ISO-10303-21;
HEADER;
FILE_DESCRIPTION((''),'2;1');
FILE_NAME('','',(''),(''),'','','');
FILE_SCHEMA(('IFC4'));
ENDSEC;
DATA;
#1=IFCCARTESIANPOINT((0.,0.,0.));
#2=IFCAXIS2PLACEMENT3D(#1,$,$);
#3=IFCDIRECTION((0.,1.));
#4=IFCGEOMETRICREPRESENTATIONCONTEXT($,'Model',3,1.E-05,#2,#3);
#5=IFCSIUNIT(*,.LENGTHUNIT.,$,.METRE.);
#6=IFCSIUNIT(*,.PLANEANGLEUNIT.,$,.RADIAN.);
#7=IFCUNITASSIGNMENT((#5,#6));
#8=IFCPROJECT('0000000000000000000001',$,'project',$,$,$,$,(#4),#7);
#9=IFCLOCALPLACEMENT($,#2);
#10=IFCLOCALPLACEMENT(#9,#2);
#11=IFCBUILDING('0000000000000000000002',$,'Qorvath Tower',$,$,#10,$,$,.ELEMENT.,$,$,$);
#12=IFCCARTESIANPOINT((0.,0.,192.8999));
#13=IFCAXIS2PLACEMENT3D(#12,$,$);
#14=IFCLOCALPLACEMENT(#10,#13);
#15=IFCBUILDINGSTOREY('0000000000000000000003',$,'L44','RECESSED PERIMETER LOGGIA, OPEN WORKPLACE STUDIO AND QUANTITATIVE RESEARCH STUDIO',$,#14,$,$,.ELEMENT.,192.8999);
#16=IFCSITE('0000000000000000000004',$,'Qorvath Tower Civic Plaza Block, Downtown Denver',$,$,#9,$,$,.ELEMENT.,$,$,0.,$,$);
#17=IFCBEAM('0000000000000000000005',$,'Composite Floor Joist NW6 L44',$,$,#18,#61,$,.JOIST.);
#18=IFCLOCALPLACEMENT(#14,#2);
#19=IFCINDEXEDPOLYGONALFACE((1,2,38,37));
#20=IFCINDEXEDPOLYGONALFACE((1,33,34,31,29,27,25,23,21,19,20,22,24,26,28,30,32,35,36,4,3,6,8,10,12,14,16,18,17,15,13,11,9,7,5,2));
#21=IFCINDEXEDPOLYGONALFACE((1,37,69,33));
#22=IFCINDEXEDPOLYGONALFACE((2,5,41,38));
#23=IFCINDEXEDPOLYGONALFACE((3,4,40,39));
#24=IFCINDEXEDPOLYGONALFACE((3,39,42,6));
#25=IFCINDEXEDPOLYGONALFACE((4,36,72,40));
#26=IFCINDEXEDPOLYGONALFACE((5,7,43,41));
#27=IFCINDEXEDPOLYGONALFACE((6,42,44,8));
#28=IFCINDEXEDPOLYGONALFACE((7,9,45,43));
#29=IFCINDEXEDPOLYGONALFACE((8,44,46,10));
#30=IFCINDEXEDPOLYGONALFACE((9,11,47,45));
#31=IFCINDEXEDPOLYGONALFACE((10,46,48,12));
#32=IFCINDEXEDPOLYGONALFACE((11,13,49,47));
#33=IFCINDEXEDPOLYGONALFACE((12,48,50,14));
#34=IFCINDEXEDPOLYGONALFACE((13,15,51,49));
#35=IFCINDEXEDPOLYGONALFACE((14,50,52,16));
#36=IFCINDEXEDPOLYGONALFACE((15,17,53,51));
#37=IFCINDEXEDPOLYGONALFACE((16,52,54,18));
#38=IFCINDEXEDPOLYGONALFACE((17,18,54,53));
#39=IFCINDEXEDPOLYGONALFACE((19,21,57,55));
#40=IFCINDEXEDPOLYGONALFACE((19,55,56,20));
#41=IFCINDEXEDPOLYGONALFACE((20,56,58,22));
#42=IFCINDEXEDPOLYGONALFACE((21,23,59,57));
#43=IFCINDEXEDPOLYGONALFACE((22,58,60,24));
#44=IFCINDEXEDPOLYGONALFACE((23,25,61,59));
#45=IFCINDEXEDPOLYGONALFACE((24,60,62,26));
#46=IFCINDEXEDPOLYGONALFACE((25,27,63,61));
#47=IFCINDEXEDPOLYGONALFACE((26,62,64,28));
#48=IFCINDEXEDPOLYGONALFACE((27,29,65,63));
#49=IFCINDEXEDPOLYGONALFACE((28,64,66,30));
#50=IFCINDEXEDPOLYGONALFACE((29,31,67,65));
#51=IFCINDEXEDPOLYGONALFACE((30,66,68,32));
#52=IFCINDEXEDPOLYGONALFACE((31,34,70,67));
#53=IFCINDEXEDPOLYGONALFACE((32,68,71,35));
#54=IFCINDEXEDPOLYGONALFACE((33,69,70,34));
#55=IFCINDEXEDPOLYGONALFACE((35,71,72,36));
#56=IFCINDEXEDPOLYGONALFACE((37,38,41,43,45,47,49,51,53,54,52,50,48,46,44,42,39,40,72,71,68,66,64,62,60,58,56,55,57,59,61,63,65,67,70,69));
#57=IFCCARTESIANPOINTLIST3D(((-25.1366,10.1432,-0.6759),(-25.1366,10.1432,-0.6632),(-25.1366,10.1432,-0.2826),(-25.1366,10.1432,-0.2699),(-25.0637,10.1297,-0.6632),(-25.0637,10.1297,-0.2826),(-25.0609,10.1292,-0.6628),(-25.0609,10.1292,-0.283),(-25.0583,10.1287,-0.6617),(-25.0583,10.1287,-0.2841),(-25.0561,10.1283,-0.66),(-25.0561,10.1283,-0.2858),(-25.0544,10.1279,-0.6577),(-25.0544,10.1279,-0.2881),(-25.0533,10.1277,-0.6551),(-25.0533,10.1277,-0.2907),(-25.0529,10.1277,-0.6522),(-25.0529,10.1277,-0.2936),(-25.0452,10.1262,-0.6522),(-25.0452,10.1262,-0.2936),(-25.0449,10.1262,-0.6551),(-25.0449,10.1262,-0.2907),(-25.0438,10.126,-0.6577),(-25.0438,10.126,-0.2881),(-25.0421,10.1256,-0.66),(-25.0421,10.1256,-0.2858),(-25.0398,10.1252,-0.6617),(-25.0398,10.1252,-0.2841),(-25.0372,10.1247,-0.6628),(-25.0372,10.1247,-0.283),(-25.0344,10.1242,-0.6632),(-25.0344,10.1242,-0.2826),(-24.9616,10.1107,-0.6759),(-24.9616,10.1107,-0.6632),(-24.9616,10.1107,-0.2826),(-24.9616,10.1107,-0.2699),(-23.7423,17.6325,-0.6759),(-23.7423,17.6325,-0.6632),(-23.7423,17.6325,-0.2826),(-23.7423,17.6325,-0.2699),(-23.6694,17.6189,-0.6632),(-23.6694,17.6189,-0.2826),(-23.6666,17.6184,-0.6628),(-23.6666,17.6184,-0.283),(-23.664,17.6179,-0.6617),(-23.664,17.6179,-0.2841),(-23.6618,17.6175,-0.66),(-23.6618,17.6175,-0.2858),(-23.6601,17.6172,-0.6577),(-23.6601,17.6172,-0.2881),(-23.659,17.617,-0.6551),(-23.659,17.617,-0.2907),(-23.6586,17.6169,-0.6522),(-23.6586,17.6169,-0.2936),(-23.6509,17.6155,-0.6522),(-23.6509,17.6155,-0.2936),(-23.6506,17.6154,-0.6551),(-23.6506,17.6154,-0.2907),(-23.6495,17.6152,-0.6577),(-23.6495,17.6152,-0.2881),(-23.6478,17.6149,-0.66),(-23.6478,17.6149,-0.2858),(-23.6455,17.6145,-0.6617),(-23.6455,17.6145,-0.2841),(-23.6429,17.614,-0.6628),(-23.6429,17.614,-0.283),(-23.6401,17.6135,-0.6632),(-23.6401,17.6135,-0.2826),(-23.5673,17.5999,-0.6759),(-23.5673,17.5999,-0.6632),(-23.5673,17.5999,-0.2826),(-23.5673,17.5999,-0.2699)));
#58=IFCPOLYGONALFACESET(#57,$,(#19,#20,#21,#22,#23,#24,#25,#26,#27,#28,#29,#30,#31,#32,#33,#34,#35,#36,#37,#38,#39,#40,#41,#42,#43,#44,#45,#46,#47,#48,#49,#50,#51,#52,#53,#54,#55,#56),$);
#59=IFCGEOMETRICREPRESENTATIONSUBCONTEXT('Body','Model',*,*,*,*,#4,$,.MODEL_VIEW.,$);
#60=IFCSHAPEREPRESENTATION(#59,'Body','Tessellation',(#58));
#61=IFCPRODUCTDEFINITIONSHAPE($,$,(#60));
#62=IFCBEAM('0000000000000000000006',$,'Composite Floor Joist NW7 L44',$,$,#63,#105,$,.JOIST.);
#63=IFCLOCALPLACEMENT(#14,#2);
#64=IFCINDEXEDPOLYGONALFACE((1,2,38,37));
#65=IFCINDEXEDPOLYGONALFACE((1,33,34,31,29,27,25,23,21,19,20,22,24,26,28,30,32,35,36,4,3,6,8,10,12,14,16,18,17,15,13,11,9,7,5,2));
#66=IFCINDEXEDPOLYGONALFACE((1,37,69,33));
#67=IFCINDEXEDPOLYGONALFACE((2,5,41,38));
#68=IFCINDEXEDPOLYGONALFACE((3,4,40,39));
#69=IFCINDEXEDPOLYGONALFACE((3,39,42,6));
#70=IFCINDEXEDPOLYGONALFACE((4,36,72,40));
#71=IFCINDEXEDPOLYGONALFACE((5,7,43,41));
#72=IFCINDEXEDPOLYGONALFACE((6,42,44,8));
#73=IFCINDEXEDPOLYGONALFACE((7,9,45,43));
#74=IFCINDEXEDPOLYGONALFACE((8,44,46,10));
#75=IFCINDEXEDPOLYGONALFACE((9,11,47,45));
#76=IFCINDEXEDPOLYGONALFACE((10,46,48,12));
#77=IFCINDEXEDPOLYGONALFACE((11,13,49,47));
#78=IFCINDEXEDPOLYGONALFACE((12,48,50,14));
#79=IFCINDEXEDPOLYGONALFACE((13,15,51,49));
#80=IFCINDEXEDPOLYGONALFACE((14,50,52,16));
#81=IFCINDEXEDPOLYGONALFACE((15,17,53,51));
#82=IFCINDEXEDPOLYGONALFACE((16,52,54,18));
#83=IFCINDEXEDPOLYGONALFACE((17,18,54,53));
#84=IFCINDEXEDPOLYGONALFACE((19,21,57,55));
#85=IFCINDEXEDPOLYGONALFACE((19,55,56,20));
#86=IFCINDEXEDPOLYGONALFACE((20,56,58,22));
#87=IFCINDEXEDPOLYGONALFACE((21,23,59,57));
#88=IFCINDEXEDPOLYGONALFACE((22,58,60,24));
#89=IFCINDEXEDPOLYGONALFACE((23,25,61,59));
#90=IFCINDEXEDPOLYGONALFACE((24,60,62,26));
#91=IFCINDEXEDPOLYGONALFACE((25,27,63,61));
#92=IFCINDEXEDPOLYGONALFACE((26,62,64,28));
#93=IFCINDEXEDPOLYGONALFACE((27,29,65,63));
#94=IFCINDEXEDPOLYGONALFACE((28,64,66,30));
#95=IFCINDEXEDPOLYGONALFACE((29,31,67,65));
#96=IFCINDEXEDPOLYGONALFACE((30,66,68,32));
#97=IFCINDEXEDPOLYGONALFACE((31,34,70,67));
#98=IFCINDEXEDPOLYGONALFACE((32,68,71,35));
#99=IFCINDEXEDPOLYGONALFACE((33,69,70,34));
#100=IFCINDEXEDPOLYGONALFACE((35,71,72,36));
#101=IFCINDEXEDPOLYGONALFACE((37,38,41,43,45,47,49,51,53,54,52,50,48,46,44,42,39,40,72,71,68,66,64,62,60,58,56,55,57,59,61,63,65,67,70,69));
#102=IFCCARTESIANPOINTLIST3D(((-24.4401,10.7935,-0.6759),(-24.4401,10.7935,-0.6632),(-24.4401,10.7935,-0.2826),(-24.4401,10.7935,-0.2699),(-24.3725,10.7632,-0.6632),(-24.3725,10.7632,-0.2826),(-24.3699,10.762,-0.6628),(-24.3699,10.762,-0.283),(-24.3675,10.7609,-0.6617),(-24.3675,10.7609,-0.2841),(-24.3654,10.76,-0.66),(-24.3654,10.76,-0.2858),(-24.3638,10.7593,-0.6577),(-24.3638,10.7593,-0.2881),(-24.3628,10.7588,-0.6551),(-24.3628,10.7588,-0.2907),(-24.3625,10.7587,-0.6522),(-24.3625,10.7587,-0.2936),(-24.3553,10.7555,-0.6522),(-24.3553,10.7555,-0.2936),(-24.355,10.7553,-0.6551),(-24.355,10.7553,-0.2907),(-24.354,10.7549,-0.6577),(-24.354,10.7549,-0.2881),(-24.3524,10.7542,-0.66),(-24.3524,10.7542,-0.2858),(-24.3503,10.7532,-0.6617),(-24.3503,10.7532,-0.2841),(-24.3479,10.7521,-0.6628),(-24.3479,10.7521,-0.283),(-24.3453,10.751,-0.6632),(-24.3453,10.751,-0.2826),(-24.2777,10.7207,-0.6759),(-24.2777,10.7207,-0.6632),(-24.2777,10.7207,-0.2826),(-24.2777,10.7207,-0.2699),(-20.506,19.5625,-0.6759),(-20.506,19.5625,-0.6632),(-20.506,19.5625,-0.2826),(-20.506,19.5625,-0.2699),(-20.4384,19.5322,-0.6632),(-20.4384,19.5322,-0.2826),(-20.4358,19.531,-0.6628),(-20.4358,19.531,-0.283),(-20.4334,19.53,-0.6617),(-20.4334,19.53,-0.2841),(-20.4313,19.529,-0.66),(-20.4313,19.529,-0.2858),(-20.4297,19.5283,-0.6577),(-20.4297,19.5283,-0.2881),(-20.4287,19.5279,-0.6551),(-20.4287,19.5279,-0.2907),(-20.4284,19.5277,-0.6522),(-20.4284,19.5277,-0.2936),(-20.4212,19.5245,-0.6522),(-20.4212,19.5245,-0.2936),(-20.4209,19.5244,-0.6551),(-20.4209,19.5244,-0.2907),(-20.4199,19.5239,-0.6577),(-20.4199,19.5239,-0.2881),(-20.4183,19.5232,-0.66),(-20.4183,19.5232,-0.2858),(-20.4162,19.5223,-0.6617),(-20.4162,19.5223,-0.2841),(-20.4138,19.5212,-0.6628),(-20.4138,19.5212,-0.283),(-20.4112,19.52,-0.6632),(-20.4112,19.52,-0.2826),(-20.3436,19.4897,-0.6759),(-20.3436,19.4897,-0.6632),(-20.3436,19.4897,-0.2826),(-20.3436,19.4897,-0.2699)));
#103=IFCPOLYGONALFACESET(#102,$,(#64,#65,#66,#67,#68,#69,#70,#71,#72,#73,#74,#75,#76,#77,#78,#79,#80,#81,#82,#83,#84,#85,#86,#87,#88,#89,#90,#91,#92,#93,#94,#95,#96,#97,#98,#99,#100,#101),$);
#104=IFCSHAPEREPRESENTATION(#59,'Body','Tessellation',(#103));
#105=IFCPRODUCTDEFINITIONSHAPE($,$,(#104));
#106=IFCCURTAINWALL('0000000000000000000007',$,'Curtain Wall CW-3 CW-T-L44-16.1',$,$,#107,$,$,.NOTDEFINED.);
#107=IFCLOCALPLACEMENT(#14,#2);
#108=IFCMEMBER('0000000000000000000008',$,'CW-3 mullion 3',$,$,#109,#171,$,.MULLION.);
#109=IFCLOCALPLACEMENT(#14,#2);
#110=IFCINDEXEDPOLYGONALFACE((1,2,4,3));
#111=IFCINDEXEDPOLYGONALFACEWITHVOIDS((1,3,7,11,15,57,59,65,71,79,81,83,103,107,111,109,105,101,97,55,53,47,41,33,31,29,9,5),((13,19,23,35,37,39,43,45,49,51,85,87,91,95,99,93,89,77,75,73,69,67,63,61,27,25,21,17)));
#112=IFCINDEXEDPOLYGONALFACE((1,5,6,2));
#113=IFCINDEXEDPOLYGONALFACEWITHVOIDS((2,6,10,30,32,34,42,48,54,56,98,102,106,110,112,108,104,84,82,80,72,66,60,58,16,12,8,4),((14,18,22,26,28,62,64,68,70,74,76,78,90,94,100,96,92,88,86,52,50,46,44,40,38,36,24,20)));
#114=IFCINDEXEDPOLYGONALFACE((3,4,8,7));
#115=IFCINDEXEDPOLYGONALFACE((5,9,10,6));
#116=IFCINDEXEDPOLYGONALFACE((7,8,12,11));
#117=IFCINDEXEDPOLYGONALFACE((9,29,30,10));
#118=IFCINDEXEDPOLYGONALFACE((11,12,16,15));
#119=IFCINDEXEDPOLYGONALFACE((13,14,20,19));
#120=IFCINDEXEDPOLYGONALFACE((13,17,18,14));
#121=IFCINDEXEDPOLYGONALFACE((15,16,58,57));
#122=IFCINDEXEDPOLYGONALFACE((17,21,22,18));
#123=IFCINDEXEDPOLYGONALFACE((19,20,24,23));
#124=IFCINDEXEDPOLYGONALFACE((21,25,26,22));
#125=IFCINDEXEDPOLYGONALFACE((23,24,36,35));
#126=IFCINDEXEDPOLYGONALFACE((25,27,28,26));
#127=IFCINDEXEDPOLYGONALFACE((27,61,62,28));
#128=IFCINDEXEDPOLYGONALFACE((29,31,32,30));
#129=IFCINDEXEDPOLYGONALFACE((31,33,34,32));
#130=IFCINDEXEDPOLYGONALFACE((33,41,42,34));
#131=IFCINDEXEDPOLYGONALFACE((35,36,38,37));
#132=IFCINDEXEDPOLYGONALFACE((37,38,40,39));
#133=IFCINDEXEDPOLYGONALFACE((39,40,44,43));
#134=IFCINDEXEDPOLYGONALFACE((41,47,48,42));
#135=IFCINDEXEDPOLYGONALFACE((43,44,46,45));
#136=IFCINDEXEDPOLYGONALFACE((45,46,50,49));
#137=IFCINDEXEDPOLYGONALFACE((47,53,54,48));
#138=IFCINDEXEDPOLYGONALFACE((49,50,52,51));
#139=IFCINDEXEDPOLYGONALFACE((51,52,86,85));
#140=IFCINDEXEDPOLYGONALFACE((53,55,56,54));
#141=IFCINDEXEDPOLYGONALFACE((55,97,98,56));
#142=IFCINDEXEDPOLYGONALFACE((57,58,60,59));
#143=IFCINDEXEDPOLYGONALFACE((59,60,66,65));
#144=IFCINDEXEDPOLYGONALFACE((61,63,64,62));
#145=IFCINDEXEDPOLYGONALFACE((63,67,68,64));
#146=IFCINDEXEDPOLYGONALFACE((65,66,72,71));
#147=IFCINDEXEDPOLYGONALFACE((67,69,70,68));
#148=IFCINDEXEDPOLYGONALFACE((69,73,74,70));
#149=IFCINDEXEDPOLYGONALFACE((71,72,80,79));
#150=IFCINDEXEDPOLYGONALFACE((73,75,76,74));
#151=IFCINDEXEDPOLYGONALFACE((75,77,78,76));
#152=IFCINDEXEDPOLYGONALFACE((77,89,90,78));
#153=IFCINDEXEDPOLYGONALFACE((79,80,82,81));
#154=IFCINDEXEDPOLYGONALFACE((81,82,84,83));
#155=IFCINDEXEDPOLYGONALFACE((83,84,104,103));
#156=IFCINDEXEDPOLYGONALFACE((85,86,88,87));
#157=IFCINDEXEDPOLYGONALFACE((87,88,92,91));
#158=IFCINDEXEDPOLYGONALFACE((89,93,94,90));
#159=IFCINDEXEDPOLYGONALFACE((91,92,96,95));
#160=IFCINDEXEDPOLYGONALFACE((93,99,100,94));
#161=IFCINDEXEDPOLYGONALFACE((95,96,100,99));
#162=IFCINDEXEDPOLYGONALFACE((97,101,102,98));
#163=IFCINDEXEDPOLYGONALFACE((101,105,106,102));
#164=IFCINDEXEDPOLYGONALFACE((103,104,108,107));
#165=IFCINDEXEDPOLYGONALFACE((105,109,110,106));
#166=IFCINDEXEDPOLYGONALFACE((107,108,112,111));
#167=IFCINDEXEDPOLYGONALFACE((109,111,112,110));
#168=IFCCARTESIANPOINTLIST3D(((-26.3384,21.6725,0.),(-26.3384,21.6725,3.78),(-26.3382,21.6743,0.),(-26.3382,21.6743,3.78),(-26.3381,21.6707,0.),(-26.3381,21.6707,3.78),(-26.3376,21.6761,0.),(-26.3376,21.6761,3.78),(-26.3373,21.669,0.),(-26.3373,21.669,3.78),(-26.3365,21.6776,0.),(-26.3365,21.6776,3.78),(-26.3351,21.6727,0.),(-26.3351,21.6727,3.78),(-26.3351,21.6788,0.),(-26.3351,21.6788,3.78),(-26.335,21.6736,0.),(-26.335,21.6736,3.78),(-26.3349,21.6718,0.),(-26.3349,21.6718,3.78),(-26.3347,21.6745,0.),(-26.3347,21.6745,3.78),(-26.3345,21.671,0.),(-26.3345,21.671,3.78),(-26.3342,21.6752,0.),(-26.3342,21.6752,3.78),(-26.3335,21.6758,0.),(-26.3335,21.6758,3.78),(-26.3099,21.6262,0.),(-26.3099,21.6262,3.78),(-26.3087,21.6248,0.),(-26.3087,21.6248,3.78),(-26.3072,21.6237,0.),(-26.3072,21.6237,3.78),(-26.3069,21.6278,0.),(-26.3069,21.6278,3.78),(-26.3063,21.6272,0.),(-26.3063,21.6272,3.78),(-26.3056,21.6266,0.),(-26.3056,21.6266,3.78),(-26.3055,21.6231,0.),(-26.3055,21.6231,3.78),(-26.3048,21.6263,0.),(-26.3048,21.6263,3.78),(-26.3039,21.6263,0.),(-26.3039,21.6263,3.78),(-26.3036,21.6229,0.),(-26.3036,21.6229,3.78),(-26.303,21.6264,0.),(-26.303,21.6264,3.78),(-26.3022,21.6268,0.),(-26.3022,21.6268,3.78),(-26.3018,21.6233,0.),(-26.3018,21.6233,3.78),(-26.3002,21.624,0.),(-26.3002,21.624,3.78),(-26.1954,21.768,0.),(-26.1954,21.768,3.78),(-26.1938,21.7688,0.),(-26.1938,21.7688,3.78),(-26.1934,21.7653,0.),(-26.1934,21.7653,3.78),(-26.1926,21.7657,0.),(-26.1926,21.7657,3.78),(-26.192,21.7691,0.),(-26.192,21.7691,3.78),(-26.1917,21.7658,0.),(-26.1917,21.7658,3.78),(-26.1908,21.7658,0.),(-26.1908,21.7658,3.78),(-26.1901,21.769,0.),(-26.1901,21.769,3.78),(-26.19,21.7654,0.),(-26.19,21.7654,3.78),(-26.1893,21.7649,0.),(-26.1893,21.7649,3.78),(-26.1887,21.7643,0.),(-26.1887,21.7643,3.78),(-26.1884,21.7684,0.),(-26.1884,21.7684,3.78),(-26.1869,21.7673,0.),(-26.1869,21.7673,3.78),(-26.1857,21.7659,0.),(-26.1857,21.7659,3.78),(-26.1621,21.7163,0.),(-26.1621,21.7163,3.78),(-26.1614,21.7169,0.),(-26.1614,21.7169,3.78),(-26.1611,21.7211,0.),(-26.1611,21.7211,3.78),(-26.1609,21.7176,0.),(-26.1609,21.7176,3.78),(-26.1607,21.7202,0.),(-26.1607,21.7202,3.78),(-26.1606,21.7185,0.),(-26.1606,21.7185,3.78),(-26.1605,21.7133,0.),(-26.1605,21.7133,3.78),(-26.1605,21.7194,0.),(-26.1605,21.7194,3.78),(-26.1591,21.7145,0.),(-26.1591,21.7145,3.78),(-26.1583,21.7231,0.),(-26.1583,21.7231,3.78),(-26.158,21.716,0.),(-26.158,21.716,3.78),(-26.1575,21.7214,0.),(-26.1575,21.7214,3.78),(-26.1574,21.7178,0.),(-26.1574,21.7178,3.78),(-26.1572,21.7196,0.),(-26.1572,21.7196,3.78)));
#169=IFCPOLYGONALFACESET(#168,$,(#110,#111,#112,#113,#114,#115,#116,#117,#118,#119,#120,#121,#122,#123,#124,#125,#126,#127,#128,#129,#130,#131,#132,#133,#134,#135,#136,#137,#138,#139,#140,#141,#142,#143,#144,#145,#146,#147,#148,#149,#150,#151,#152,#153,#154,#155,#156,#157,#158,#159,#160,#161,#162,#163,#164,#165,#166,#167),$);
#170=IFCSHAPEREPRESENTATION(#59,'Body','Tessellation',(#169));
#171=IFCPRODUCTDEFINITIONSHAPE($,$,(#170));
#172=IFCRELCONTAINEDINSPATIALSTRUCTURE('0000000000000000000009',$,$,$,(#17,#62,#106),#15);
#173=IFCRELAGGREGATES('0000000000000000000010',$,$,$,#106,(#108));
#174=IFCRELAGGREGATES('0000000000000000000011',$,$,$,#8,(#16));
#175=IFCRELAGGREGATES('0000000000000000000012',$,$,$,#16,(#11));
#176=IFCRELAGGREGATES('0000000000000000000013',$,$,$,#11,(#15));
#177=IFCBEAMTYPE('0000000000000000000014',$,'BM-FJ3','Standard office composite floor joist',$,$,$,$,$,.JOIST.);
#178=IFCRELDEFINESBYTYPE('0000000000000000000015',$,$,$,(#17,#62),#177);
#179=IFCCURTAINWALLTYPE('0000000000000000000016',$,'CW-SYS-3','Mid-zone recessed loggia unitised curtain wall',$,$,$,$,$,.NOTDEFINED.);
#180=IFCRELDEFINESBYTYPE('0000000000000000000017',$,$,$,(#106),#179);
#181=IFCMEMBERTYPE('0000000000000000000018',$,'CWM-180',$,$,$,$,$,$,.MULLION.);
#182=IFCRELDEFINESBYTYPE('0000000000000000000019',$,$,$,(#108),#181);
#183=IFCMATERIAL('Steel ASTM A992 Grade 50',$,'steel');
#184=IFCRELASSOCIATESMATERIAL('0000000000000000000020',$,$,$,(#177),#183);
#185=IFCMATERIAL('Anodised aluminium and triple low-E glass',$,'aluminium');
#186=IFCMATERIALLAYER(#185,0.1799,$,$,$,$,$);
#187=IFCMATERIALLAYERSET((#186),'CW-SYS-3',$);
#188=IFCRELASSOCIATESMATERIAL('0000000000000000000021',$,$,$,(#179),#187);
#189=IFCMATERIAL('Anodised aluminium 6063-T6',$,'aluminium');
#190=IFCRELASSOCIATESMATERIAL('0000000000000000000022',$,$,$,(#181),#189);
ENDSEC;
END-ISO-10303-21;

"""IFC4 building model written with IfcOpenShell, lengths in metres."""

from ifc_helpers import new_model, si_unit, direction, frame, origin, origin_2d, place, context, subcontext, project, spatial, hollow_rectangle, i_section, extrude, material, layer, layer_set, material_profile, profile_set, type_object, element, aggregate, save


model = new_model("IFC4")

# Units and contexts
model_context = context("Model", 3, precision=1e-05, world=origin(), true_north=direction((0.0, 1.0)))
body_context = subcontext(model_context, "Body", "Model", "MODEL_VIEW")
ifc_project = project(units=[si_unit("LENGTHUNIT", "METRE"), si_unit("PLANEANGLEUNIT", "RADIAN")], contexts=[model_context])

# Site, building, storey
site_placement = place(None, origin())
site = spatial("IfcSite", under=ifc_project, at=site_placement, Name="Qorvath Tower Civic Plaza Block, Downtown Denver", CompositionType="ELEMENT", RefElevation=0.0)
building_placement = place(site_placement, origin())
building = spatial("IfcBuilding", under=site, at=building_placement, Name="Qorvath Tower", CompositionType="ELEMENT")
storey_placement = place(building_placement, frame((0.0, 0.0, 192.8999)))
storey = spatial("IfcBuildingStorey", under=building, at=storey_placement, Name="L44", Description="RECESSED PERIMETER LOGGIA, OPEN WORKPLACE STUDIO AND QUANTITATIVE RESEARCH STUDIO", CompositionType="ELEMENT", Elevation=192.8999)

# Beams
ifc_material_1 = material(Name="Steel ASTM A992 Grade 50", Category="steel")
ifc_material_profile_1 = material_profile(ifc_material_1, i_section(OverallWidth=0.178, OverallDepth=0.406, WebThickness=0.0078, FlangeThickness=0.0127, FilletRadius=0.011, at=origin_2d()), Name="W16x40")
ifc_profile_set_1 = profile_set([ifc_material_profile_1], Name="Steel ASTM A992 Grade 50")
beam_type_1 = type_object("IfcBeamType", Name="BM-FJ3", Description="Standard office composite floor joist", PredefinedType="JOIST", material=ifc_profile_set_1)
beam_1_placement = place(storey_placement, frame((-25.0491, 10.127, -0.4729), z_axis=(0.183027, 0.983108, 0.0), x_axis=(-0.983108, 0.183027, 0.0)))
element("IfcBeam", 1, at=beam_1_placement, inside=storey, type_object=beam_type_1, Name="Composite Floor Joist NW6 L44", PredefinedType="JOIST", context=body_context, shape_type="SweptSolid", body=[
    extrude(i_section(OverallWidth=0.178, OverallDepth=0.406, WebThickness=0.0078, FlangeThickness=0.0127, FilletRadius=0.011, at=origin_2d()), origin(), (0.0, 0.0, 1.0), 7.6179),
])
beam_2_placement = place(storey_placement, frame((-24.3589, 10.7571, -0.4729), z_axis=(0.409327, 0.912388, 0.0), x_axis=(-0.912388, 0.409327, 0.0)))
element("IfcBeam", 2, at=beam_2_placement, inside=storey, type_object=beam_type_1, Name="Composite Floor Joist NW7 L44", PredefinedType="JOIST", context=body_context, shape_type="SweptSolid", body=[
    extrude(i_section(OverallWidth=0.178, OverallDepth=0.406, WebThickness=0.0078, FlangeThickness=0.0127, FilletRadius=0.011, at=origin_2d()), origin(), (0.0, 0.0, 1.0), 9.6111),
])

# Curtain wall, member
ifc_material_2 = material(Name="Anodised aluminium and triple low-E glass", Category="aluminium")
ifc_layer_1 = layer(ifc_material_2, 0.1799)
ifc_layer_set_1 = layer_set([ifc_layer_1], Name="CW-SYS-3")
curtain_wall_type = type_object("IfcCurtainWallType", Name="CW-SYS-3", Description="Mid-zone recessed loggia unitised curtain wall", PredefinedType="NOTDEFINED", material=ifc_layer_set_1)
curtain_wall_placement = place(storey_placement, origin())
curtain_wall = element("IfcCurtainWall", 3, at=curtain_wall_placement, inside=storey, type_object=curtain_wall_type, Name="Curtain Wall CW-3 CW-T-L44-16.1", PredefinedType="NOTDEFINED")
ifc_material_3 = material(Name="Anodised aluminium 6063-T6", Category="aluminium")
ifc_material_profile_2 = material_profile(ifc_material_3, hollow_rectangle(XDim=0.0649, YDim=0.1799, WallThickness=0.0034, InnerFilletRadius=0.0034, OuterFilletRadius=0.0071, at=origin_2d()), Name="CWM 180x65")
ifc_profile_set_2 = profile_set([ifc_material_profile_2], Name="Anodised aluminium 6063-T6")
member_type_1 = type_object("IfcMemberType", Name="CWM-180", PredefinedType="MULLION", material=ifc_profile_set_2)
member_1_placement = place(storey_placement, frame((-26.2478, 21.696, 0.0), z_axis=(0.0, 0.0, 1.0), x_axis=(0.538534, -0.842604, 0.0)))
member_1 = element("IfcMember", 4, at=member_1_placement, type_object=member_type_1, Name="CW-3 mullion 3", PredefinedType="MULLION", context=body_context, shape_type="SweptSolid", body=[
    extrude(hollow_rectangle(XDim=0.0649, YDim=0.1799, WallThickness=0.0034, InnerFilletRadius=0.0034, OuterFilletRadius=0.0071, at=origin_2d()), origin(), (0.0, 0.0, 1.0), 3.78),
])
aggregate(curtain_wall, [member_1])

save(model, "model.ifc")
